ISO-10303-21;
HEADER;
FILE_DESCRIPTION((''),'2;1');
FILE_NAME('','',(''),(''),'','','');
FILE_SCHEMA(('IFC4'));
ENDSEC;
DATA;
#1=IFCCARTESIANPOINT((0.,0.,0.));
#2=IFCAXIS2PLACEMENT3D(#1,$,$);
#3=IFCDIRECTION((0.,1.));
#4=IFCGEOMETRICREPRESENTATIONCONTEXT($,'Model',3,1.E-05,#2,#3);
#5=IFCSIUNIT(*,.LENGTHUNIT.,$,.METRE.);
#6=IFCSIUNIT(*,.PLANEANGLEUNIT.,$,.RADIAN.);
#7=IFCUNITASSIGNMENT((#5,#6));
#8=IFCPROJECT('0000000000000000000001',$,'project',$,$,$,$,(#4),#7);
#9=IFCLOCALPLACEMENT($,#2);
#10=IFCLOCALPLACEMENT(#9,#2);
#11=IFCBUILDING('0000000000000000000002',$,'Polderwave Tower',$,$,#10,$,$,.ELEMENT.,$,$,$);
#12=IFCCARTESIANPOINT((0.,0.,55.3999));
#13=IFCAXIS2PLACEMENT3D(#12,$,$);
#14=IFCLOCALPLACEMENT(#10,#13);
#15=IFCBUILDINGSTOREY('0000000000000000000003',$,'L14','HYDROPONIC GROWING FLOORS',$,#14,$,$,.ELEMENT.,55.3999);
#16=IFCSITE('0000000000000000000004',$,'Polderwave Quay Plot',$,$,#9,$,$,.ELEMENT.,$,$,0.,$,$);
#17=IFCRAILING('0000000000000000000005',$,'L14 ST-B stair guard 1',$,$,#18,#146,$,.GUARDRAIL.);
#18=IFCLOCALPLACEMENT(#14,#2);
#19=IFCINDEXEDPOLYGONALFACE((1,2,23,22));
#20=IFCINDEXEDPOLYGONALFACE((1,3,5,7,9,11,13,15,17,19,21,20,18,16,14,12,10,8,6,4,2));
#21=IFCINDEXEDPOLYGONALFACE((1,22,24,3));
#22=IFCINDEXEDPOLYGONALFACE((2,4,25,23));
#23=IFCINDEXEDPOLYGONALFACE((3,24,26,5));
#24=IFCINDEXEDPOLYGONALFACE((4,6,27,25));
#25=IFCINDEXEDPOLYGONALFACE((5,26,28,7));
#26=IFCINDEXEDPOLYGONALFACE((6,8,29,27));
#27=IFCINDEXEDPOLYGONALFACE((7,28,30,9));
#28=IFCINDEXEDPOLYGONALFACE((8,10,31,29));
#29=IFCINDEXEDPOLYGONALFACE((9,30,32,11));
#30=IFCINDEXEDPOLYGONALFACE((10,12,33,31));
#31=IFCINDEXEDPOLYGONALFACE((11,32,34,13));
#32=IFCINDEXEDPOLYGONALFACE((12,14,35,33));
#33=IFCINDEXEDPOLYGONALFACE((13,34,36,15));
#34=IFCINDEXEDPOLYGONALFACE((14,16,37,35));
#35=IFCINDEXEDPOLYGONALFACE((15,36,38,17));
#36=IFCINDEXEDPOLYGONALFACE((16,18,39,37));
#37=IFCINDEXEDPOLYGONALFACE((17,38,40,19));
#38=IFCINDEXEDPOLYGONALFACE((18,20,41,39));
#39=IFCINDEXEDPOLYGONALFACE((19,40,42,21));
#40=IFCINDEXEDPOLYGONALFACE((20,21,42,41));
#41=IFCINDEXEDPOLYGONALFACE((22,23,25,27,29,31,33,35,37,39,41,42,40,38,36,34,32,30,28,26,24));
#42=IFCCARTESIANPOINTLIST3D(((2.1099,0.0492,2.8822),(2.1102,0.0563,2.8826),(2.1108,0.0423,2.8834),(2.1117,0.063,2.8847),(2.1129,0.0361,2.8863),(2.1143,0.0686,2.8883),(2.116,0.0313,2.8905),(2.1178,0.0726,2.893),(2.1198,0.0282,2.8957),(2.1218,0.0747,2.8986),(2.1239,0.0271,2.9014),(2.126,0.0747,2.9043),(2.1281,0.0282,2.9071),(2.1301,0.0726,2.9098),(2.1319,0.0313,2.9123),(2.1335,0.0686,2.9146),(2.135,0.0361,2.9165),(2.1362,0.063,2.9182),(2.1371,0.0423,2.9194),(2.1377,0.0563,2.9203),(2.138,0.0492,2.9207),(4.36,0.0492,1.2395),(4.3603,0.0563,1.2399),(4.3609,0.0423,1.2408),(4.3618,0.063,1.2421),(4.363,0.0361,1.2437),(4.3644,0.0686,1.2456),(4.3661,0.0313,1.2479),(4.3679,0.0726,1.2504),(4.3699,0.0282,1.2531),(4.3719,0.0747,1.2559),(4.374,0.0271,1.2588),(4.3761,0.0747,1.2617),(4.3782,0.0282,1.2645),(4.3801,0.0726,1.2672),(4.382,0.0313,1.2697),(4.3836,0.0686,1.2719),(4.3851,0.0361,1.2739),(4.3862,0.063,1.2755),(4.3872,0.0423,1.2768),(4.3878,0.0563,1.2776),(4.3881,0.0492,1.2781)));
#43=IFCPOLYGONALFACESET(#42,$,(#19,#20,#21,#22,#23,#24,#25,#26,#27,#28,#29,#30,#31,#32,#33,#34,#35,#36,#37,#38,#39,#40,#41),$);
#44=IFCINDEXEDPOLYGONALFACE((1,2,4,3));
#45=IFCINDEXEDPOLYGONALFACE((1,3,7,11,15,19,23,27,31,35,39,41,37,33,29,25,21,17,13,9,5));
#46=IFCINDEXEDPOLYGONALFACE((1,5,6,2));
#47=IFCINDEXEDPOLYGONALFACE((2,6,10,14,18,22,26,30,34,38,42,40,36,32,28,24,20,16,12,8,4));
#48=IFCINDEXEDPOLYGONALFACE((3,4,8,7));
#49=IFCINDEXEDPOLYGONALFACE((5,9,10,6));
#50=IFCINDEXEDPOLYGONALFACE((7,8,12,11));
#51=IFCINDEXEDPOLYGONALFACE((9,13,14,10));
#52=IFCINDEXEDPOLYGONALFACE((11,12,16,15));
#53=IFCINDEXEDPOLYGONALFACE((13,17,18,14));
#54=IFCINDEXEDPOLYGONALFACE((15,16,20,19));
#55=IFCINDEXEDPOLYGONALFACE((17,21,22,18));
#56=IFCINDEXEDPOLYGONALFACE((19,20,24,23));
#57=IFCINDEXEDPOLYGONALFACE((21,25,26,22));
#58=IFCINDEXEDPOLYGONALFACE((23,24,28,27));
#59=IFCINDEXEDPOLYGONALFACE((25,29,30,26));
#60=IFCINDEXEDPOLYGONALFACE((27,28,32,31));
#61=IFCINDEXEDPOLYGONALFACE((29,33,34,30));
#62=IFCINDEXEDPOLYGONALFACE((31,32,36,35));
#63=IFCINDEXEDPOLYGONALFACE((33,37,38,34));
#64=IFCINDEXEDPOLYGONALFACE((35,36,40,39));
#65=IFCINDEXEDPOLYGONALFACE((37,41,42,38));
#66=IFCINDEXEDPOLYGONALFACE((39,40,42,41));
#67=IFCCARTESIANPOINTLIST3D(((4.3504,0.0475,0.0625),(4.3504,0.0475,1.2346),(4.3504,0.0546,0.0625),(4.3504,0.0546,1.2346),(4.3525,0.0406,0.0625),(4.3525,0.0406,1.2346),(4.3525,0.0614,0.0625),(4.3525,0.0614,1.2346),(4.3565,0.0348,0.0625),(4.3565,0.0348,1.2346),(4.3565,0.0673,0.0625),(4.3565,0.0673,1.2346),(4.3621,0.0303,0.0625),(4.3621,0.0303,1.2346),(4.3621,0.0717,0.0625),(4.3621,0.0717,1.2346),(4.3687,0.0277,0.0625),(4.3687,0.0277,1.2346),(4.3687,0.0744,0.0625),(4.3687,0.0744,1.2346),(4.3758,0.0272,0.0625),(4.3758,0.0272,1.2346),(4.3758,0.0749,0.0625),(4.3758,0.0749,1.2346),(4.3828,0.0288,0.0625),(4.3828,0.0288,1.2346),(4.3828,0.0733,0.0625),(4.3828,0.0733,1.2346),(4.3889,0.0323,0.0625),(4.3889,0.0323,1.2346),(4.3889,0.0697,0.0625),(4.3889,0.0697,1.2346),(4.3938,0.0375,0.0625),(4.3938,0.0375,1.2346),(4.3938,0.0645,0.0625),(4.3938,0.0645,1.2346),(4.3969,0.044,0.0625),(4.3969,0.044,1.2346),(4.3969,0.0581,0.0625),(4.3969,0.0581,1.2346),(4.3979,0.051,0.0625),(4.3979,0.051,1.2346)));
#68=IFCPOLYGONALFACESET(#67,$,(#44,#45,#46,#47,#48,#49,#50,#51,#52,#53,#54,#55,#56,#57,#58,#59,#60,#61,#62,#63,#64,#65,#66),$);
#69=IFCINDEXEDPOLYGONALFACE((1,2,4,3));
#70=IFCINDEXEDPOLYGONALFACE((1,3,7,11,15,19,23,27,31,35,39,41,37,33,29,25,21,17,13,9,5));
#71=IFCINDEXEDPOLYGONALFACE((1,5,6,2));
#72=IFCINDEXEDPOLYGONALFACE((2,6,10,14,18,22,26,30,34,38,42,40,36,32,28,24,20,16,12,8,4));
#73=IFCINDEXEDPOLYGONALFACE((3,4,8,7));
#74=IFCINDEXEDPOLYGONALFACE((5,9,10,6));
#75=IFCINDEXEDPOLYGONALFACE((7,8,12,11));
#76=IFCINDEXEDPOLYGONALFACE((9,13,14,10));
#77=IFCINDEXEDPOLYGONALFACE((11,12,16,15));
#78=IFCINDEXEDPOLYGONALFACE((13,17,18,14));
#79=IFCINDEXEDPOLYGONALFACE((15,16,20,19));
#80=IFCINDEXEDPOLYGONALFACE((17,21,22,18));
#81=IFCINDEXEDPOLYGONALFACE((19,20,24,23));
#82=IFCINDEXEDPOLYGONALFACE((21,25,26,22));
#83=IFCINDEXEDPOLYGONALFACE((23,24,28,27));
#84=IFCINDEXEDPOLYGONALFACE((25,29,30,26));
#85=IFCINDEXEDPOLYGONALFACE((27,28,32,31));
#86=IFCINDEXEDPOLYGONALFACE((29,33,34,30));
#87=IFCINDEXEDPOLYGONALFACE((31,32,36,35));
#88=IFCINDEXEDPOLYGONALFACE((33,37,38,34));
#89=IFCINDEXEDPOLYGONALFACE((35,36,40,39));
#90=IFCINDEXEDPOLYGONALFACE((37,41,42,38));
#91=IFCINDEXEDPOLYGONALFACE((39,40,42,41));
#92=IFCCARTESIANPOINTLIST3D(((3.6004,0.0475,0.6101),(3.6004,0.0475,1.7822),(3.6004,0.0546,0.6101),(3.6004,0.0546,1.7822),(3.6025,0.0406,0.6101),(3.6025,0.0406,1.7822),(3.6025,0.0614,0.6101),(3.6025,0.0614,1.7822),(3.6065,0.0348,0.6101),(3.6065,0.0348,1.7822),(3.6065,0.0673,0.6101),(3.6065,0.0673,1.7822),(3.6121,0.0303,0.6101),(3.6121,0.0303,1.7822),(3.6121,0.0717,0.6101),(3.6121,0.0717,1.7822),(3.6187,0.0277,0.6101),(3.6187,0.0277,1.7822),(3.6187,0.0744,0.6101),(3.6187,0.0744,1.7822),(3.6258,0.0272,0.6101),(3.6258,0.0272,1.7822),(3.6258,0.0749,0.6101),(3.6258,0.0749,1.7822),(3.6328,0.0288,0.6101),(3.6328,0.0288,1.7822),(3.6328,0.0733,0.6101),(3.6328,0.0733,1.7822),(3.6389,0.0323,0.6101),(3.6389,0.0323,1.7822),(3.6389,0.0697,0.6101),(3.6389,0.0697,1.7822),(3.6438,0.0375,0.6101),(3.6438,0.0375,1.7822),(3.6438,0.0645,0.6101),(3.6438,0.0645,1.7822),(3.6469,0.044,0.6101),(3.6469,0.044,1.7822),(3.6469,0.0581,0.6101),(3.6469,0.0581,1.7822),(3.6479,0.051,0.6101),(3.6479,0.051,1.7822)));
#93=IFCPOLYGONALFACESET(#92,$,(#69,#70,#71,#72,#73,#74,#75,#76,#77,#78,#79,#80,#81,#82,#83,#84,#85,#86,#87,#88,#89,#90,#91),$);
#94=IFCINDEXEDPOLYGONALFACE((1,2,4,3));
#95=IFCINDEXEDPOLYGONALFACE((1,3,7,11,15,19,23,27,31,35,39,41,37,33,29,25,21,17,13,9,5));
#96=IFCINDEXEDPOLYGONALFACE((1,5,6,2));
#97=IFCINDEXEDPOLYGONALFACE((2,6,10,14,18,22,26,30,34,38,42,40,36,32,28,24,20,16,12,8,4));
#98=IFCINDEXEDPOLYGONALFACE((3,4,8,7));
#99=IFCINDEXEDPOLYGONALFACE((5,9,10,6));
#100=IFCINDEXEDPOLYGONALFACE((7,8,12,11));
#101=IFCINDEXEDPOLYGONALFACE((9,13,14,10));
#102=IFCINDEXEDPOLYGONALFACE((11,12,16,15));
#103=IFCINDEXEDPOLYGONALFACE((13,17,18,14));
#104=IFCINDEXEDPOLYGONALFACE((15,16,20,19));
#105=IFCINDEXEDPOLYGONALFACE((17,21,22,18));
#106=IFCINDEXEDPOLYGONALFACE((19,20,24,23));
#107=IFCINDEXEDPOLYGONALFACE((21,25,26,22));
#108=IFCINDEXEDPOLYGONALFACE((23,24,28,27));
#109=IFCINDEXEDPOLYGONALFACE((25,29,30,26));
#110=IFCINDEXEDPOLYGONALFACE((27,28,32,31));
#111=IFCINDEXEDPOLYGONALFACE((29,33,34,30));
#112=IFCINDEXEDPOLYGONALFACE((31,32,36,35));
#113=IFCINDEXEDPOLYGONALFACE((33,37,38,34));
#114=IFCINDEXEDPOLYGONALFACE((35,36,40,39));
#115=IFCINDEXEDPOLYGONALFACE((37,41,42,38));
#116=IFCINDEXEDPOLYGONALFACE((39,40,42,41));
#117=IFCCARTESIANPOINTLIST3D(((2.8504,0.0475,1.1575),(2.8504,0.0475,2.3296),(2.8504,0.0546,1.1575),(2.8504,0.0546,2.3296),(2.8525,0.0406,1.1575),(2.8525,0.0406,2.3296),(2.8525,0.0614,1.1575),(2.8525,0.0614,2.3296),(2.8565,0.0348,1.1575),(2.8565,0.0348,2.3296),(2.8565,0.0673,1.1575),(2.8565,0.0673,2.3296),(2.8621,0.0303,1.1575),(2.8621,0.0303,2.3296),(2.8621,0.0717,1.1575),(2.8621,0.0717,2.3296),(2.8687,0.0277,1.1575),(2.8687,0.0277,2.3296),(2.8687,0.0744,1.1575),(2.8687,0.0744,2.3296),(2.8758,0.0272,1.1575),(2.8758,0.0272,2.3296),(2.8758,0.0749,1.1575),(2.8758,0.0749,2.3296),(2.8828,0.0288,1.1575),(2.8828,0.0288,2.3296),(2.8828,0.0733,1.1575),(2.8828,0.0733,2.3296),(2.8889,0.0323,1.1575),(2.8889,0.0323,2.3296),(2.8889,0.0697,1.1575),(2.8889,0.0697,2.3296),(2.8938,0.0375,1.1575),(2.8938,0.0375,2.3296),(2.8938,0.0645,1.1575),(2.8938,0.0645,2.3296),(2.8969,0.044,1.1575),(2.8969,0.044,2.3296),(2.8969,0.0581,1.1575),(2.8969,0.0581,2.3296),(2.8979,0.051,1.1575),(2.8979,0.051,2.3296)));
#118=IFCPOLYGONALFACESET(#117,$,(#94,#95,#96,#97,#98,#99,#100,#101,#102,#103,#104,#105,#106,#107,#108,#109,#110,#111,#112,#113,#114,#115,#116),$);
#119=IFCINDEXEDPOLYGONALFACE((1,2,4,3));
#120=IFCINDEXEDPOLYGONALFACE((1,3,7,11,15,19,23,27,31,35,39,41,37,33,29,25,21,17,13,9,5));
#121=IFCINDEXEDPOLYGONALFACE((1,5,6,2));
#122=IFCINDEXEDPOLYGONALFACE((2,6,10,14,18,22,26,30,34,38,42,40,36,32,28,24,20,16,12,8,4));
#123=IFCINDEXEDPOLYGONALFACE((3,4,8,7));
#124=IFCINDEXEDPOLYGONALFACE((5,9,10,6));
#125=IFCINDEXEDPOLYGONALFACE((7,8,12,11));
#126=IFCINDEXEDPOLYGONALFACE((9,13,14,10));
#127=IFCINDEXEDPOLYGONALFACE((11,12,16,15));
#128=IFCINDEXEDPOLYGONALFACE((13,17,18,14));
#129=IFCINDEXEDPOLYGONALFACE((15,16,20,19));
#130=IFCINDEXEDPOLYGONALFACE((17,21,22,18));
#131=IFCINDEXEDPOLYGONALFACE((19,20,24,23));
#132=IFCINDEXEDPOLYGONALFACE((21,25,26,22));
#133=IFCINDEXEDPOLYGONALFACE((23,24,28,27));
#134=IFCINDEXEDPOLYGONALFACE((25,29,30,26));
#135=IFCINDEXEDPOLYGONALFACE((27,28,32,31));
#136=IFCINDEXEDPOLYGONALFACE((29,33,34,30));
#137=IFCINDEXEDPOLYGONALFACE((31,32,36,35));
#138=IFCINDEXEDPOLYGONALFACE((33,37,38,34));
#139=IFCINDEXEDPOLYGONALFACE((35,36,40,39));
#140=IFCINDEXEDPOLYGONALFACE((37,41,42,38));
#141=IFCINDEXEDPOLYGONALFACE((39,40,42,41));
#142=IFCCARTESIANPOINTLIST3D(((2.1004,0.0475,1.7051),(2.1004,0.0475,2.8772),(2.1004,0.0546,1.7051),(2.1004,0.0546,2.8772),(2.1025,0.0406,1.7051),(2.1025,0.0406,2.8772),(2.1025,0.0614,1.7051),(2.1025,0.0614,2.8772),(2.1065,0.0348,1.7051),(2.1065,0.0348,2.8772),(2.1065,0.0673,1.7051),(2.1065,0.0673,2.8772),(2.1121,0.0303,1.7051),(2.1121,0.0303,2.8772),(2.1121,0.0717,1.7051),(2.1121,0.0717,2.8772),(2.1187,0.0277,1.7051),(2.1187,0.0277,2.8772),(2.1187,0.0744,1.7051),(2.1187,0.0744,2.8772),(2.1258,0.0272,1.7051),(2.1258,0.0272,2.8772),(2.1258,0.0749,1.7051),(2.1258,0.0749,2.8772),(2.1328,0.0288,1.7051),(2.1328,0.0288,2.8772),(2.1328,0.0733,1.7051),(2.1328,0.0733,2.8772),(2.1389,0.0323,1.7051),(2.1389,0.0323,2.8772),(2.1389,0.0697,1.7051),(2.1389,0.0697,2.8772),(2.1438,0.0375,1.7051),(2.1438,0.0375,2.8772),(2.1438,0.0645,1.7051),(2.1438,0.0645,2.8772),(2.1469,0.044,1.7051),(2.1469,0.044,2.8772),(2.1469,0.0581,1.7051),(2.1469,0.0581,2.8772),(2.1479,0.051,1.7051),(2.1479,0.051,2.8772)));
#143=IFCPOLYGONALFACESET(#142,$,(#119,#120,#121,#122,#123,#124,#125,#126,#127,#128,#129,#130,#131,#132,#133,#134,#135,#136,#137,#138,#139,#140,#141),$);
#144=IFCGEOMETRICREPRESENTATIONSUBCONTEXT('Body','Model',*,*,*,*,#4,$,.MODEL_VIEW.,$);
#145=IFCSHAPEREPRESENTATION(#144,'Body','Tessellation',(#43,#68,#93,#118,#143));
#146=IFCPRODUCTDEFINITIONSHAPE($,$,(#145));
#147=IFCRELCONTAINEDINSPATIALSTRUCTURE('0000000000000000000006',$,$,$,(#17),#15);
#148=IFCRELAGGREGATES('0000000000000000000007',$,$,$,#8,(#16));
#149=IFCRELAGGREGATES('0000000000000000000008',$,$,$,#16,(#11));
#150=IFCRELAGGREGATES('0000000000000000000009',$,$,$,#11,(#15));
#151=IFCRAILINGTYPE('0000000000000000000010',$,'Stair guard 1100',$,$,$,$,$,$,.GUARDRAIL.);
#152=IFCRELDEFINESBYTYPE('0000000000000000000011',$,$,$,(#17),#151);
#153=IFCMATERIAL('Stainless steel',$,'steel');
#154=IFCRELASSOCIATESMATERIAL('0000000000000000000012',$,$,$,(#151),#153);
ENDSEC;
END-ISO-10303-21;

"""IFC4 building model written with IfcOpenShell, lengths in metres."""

from ifc_helpers import new_model, si_unit, direction, frame, origin, origin_2d, place, context, subcontext, project, spatial, circle, extrude, material, type_object, element, save


model = new_model("IFC4")

# Units and contexts
model_context = context("Model", 3, precision=1e-05, world=origin(), true_north=direction((0.0, 1.0)))
body_context = subcontext(model_context, "Body", "Model", "MODEL_VIEW")
ifc_project = project(units=[si_unit("LENGTHUNIT", "METRE"), si_unit("PLANEANGLEUNIT", "RADIAN")], contexts=[model_context])

# Site, building, storey
site_placement = place(None, origin())
site = spatial("IfcSite", under=ifc_project, at=site_placement, Name="Polderwave Quay Plot", CompositionType="ELEMENT", RefElevation=0.0)
building_placement = place(site_placement, origin())
building = spatial("IfcBuilding", under=site, at=building_placement, Name="Polderwave Tower", CompositionType="ELEMENT")
storey_placement = place(building_placement, frame((0.0, 0.0, 55.3999)))
storey = spatial("IfcBuildingStorey", under=building, at=storey_placement, Name="L14", Description="HYDROPONIC GROWING FLOORS", CompositionType="ELEMENT", Elevation=55.3999)

# Railing
ifc_material_1 = material(Name="Stainless steel", Category="steel")
railing_type_1 = type_object("IfcRailingType", Name="Stair guard 1100", PredefinedType="GUARDRAIL", material=ifc_material_1)
railing_1_placement = place(storey_placement, frame((4.374, 0.051, 0.0625)))
element("IfcRailing", 1, at=railing_1_placement, inside=storey, type_object=railing_type_1, Name="L14 ST-B stair guard 1", PredefinedType="GUARDRAIL", context=body_context, shape_type="SweptSolid", body=[
    extrude(circle(Radius=0.0239, at=origin_2d()), frame((0.0, 0.0, 1.1963), z_axis=(-0.807674, 0.0, 0.58963), x_axis=(0.0, -1.0, 0.0)), (0.0, 0.0, 1.0), 2.7859),
    extrude(circle(Radius=0.0239, at=origin_2d()), origin(), (0.0, 0.0, 1.0), 1.1721),
    extrude(circle(Radius=0.0239, at=origin_2d()), frame((-0.75, 0.0, 0.5476)), (0.0, 0.0, 1.0), 1.1721),
    extrude(circle(Radius=0.0239, at=origin_2d()), frame((-1.5, 0.0, 1.095)), (0.0, 0.0, 1.0), 1.1721),
    extrude(circle(Radius=0.0239, at=origin_2d()), frame((-2.25, 0.0, 1.6426)), (0.0, 0.0, 1.0), 1.1721),
])

save(model, "model.ifc")
